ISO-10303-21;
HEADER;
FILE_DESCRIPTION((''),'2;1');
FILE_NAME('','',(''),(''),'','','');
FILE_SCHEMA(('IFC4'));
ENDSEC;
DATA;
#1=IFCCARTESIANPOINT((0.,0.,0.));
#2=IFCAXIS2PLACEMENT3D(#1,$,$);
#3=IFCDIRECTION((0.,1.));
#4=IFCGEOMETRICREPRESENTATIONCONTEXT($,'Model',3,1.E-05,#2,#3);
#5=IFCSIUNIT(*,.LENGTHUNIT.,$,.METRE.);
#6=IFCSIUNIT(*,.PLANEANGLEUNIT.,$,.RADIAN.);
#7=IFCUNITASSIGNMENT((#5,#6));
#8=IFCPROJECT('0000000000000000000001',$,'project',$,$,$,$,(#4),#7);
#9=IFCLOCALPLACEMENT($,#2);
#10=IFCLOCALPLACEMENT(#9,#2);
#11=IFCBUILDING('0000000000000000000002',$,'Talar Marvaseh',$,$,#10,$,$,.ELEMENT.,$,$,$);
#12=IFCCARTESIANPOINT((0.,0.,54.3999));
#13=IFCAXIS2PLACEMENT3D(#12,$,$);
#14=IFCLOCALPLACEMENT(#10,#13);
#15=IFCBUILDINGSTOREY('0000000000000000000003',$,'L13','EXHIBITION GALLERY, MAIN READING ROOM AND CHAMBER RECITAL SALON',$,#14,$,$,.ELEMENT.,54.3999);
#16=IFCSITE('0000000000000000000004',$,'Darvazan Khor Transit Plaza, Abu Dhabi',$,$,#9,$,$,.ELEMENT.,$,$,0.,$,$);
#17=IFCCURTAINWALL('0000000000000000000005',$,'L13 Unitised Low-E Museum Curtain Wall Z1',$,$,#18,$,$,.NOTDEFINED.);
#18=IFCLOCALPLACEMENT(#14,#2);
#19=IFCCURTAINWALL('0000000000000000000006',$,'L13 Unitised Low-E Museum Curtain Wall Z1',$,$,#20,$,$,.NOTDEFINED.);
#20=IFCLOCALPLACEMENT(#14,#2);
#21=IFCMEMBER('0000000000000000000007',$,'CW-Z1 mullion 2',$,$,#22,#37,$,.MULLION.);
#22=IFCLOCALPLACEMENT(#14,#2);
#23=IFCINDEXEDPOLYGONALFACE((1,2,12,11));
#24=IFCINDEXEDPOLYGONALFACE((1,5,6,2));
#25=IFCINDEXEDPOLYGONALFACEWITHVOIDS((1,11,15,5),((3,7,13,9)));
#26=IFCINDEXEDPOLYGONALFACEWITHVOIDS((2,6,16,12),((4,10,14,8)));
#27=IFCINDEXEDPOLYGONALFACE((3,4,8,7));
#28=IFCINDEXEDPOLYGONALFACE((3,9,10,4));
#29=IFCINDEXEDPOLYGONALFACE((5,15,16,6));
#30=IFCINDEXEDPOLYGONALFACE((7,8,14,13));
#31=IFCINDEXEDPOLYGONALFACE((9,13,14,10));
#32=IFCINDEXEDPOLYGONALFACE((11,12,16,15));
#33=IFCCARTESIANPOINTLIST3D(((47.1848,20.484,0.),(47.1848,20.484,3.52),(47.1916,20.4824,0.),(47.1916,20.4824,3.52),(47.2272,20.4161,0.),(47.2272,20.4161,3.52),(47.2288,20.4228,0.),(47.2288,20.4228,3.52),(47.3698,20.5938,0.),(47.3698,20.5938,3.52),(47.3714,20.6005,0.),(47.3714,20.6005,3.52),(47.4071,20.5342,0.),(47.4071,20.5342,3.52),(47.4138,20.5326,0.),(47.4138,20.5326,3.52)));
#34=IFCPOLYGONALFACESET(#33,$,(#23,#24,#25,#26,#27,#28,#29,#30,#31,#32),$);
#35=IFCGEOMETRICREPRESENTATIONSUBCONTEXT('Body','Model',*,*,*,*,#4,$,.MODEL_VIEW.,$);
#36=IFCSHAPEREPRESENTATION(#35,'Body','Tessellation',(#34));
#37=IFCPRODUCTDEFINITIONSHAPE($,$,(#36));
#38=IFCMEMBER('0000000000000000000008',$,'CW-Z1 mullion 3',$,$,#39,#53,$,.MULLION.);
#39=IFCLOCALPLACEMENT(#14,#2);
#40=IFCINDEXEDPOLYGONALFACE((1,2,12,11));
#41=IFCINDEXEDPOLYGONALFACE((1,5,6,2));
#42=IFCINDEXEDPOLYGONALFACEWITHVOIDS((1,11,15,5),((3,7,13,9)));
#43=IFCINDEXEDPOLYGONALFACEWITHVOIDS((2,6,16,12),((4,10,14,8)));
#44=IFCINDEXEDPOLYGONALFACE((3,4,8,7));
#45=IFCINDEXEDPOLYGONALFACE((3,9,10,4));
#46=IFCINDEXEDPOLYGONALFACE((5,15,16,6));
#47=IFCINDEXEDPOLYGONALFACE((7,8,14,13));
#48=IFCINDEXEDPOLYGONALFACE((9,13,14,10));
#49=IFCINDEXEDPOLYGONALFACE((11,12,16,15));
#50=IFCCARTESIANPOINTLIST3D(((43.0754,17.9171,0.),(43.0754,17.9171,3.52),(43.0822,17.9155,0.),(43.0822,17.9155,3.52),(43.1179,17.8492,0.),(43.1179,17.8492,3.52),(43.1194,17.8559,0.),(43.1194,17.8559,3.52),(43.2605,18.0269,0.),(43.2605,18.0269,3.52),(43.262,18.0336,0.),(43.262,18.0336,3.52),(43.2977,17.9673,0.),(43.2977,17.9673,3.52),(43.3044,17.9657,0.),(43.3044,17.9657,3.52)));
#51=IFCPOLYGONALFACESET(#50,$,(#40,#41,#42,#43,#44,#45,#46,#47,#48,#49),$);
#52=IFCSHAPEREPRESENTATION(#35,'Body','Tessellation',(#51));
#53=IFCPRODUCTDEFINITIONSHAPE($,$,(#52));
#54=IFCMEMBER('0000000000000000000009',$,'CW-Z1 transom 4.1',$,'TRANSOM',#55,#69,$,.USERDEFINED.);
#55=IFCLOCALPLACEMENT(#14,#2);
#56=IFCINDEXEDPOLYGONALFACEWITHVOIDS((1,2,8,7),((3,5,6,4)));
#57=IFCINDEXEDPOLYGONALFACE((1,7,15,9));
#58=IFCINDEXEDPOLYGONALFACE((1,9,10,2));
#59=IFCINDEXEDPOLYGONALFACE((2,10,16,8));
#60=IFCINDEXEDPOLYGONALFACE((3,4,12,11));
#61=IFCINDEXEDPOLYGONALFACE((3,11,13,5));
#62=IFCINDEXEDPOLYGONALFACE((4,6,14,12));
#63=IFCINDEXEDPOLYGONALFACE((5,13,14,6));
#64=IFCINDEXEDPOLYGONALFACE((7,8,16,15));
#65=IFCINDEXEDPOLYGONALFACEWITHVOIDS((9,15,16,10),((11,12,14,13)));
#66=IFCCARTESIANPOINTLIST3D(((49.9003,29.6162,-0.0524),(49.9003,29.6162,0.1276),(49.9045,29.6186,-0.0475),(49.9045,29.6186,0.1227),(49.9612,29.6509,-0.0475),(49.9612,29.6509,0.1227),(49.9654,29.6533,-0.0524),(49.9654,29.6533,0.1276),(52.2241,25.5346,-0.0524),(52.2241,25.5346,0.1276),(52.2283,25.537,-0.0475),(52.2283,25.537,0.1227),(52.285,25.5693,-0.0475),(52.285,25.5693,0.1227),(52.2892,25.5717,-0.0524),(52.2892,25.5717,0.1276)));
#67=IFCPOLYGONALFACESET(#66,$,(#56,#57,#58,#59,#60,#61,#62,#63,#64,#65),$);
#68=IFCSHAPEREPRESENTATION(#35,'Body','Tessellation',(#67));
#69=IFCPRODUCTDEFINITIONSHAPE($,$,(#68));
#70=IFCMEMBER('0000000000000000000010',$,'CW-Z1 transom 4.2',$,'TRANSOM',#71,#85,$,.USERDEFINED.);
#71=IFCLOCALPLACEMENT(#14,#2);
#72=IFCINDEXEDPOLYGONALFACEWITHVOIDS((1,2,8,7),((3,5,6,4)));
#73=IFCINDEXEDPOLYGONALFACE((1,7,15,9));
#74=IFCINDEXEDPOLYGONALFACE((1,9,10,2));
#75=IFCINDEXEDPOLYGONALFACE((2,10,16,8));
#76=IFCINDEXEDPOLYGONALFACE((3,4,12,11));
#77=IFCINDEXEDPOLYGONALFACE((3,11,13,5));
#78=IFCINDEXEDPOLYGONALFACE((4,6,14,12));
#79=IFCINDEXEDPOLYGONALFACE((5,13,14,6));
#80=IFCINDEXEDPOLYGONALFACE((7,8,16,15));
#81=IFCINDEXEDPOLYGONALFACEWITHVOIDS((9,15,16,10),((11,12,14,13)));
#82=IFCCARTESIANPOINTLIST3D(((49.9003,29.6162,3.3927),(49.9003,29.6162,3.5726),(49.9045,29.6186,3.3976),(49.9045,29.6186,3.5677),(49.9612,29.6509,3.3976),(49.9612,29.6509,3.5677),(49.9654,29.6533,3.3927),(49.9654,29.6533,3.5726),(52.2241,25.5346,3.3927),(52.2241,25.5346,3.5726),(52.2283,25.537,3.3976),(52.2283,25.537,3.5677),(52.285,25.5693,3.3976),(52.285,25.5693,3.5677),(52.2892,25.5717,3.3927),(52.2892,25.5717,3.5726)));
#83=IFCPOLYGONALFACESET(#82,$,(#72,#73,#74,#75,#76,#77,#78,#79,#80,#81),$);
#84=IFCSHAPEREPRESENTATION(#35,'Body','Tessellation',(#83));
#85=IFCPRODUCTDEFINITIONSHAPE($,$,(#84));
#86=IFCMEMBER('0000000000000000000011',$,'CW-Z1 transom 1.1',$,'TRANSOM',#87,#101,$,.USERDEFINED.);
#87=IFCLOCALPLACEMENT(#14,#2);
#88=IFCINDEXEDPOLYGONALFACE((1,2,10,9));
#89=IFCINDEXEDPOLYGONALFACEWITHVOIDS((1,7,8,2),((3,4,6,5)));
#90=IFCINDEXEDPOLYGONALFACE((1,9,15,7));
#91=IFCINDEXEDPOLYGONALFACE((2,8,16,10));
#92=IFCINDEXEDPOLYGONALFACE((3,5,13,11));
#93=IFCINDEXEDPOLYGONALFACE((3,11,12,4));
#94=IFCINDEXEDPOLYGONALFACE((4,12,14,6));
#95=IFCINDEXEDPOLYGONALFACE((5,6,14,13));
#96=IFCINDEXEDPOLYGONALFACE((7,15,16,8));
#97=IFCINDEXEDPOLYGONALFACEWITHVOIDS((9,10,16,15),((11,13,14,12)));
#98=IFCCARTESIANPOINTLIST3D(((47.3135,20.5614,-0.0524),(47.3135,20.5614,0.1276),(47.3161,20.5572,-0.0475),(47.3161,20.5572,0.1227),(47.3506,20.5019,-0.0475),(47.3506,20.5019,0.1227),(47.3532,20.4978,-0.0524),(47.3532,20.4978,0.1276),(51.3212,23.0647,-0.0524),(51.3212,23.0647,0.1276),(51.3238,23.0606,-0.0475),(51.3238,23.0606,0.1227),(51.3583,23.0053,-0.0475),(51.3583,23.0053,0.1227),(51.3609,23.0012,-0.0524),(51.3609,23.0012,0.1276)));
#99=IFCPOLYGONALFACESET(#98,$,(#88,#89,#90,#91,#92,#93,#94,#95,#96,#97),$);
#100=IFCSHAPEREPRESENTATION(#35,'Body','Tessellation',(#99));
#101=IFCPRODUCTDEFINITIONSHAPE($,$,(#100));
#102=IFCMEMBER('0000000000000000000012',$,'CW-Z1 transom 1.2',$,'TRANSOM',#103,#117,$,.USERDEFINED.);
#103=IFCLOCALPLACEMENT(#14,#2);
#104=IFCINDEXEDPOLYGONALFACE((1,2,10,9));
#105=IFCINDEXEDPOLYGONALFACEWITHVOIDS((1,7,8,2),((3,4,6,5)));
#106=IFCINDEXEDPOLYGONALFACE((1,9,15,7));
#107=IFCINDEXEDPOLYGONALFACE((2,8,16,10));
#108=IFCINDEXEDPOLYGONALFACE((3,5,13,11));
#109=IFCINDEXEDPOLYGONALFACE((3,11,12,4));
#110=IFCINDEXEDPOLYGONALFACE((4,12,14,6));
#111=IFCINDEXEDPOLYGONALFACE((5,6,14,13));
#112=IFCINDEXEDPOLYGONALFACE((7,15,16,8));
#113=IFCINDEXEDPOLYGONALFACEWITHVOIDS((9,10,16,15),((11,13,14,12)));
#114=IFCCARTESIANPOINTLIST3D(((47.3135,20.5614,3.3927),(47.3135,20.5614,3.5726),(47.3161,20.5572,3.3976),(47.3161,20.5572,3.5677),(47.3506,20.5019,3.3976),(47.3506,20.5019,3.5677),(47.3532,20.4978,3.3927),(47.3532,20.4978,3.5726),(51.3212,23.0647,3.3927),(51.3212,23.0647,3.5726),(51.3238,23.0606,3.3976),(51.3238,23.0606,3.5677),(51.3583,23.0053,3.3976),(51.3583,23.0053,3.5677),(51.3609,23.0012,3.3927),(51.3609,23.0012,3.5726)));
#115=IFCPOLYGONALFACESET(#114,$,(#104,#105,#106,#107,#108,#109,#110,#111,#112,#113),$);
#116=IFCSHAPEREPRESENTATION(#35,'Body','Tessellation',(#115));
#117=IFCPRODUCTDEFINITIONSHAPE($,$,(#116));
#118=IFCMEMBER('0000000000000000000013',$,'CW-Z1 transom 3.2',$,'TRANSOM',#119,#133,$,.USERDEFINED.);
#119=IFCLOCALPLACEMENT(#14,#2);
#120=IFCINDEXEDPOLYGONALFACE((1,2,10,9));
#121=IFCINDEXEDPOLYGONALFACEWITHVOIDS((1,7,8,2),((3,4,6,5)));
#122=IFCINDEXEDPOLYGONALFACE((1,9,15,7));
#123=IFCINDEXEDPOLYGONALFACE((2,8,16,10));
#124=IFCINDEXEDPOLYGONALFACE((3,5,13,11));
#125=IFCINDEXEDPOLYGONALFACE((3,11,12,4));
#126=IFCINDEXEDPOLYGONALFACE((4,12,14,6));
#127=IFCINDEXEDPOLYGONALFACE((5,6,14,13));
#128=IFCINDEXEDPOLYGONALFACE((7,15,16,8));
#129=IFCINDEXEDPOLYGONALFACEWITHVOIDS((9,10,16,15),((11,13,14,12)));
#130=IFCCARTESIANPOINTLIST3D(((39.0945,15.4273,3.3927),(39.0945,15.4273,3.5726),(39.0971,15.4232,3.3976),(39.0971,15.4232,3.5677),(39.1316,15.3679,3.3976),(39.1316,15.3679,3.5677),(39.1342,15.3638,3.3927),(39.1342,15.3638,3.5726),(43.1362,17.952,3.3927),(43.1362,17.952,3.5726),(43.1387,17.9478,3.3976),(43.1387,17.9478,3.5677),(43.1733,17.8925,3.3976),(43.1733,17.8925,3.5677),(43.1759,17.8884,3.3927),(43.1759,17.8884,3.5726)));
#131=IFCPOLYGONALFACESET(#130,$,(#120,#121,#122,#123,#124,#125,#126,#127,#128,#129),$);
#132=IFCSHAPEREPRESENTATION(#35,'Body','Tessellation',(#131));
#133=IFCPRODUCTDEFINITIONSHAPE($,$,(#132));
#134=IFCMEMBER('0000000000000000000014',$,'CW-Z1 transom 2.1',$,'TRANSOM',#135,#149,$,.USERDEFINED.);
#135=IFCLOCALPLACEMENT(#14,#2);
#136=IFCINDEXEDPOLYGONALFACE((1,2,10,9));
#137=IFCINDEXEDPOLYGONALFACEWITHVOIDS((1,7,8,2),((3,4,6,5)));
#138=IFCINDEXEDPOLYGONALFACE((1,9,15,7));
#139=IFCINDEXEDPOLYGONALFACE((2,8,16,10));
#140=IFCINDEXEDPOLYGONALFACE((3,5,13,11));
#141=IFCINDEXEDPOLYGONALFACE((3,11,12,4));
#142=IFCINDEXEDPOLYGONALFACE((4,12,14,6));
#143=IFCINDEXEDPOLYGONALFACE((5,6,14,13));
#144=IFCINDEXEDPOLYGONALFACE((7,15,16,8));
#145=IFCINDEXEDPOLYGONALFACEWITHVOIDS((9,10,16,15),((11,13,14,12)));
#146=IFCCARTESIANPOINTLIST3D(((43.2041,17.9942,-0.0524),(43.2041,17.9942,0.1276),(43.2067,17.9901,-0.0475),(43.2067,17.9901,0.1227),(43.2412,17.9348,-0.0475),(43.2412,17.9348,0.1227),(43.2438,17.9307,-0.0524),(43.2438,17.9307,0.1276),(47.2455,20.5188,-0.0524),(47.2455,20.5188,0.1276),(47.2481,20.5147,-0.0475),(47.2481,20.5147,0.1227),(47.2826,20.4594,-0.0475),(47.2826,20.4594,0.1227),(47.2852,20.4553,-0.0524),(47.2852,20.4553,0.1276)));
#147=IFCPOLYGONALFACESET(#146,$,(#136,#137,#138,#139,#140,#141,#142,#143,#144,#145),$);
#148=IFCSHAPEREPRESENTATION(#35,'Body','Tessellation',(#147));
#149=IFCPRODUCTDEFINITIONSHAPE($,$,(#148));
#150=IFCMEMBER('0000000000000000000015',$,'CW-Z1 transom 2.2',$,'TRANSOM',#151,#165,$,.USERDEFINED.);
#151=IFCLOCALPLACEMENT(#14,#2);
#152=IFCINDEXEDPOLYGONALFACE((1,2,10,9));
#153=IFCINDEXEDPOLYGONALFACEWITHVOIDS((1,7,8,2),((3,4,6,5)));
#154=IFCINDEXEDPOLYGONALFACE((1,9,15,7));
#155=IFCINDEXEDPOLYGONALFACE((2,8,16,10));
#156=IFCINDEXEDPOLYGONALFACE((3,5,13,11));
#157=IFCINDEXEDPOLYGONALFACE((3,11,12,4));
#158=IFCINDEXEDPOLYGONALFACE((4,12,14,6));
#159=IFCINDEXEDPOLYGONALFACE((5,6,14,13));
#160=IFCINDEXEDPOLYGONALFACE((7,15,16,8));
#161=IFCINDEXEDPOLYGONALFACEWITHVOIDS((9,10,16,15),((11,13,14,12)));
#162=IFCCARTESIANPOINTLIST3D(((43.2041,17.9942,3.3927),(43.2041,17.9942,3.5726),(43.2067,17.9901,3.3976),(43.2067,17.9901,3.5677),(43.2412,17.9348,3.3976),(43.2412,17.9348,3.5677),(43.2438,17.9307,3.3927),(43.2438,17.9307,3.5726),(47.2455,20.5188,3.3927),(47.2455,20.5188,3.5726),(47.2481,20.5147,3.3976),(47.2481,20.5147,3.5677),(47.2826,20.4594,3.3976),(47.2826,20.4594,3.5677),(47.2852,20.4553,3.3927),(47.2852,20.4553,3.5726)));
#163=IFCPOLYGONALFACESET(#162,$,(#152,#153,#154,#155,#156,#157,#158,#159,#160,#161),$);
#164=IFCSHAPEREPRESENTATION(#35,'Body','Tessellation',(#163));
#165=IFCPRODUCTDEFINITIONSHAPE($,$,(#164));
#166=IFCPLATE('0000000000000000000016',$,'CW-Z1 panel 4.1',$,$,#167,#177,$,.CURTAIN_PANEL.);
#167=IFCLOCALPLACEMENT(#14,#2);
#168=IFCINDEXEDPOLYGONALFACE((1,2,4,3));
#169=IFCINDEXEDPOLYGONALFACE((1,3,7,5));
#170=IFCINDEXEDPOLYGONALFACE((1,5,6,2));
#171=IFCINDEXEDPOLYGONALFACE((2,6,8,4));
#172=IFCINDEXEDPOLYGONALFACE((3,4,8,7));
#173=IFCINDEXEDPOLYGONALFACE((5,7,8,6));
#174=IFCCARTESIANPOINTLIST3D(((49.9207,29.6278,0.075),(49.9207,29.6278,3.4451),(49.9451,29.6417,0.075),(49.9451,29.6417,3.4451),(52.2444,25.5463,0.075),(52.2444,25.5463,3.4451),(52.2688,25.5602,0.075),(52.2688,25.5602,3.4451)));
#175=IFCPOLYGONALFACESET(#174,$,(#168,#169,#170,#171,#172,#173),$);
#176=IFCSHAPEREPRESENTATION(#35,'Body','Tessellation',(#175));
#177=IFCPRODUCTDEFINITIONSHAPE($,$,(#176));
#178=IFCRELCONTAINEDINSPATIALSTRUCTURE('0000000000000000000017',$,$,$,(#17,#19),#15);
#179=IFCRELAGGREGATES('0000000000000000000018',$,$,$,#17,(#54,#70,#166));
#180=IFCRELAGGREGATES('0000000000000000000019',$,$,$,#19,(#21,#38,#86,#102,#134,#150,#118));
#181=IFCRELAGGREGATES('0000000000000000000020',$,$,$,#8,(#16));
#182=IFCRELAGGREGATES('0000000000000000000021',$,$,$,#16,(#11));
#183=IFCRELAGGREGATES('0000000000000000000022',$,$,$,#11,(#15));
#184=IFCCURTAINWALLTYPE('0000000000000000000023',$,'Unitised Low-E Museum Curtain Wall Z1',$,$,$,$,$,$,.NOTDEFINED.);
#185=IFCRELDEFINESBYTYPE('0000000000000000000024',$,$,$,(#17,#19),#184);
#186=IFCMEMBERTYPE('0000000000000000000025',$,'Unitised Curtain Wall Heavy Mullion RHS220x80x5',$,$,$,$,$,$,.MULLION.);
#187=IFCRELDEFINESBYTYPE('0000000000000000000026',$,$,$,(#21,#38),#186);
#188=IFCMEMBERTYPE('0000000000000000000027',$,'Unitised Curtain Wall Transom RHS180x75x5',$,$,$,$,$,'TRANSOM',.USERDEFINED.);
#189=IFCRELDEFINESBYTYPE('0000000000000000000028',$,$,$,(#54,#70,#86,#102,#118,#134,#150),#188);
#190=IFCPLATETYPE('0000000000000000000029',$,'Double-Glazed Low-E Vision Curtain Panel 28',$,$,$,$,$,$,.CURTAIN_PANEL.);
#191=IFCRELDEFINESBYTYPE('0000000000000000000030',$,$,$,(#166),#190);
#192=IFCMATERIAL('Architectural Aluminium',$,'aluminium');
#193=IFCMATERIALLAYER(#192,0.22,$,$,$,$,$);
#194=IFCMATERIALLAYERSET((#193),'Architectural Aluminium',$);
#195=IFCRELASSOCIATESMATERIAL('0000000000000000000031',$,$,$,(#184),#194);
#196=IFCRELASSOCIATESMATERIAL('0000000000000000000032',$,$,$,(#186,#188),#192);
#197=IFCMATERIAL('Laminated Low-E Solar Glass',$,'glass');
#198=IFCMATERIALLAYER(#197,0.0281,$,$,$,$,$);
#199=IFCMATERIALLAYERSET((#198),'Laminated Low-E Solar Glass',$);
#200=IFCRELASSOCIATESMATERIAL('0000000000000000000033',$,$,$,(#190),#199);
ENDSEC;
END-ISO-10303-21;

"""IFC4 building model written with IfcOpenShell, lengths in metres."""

from ifc_helpers import new_model, si_unit, direction, frame, origin, origin_2d, place, context, subcontext, project, spatial, rectangle, hollow_rectangle, extrude, source, transform, mapped, material, layer, layer_set, material_profile, profile_set, type_object, type_shapes, element, aggregate, save


model = new_model("IFC4")

# Units and contexts
model_context = context("Model", 3, precision=1e-05, world=origin(), true_north=direction((0.0, 1.0)))
body_context = subcontext(model_context, "Body", "Model", "MODEL_VIEW")
ifc_project = project(units=[si_unit("LENGTHUNIT", "METRE"), si_unit("PLANEANGLEUNIT", "RADIAN")], contexts=[model_context])

# Site, building, storey
site_placement = place(None, origin())
site = spatial("IfcSite", under=ifc_project, at=site_placement, Name="Darvazan Khor Transit Plaza, Abu Dhabi", CompositionType="ELEMENT", RefElevation=0.0)
building_placement = place(site_placement, origin())
building = spatial("IfcBuilding", under=site, at=building_placement, Name="Talar Marvaseh", CompositionType="ELEMENT")
storey_placement = place(building_placement, frame((0.0, 0.0, 54.3999)))
storey = spatial("IfcBuildingStorey", under=building, at=storey_placement, Name="L13", Description="EXHIBITION GALLERY, MAIN READING ROOM AND CHAMBER RECITAL SALON", CompositionType="ELEMENT", Elevation=54.3999)

# Curtain walls, members
ifc_material_1 = material(Name="Architectural Aluminium", Category="aluminium")
ifc_layer_1 = layer(ifc_material_1, 0.22)
ifc_layer_set_1 = layer_set([ifc_layer_1], Name="Architectural Aluminium")
curtain_wall_type = type_object("IfcCurtainWallType", Name="Unitised Low-E Museum Curtain Wall Z1", PredefinedType="NOTDEFINED", material=ifc_layer_set_1)
curtain_wall_1_placement = place(storey_placement, origin())
curtain_wall_1 = element("IfcCurtainWall", 1, at=curtain_wall_1_placement, inside=storey, type_object=curtain_wall_type, Name="L13 Unitised Low-E Museum Curtain Wall Z1", PredefinedType="NOTDEFINED")
ifc_material_profile_1 = material_profile(ifc_material_1, hollow_rectangle(XDim=0.0801, YDim=0.22, WallThickness=0.0049, at=origin_2d()), Name="RHS220x80x5")
ifc_profile_set_1 = profile_set([ifc_material_profile_1], Name="Architectural Aluminium")
member_type_1 = type_object("IfcMemberType", Name="Unitised Curtain Wall Heavy Mullion RHS220x80x5", PredefinedType="MULLION", material=ifc_profile_set_1)
shared_shape_1 = source(origin(), body_context, "Body", "SweptSolid", [
    extrude(hollow_rectangle(XDim=0.0801, YDim=0.22, WallThickness=0.0049, at=origin_2d()), origin(), (0.0, 0.0, 1.0), 3.52),
])
type_shapes(member_type_1, [shared_shape_1])
curtain_wall_2_placement = place(storey_placement, origin())
curtain_wall_2 = element("IfcCurtainWall", 2, at=curtain_wall_2_placement, inside=storey, type_object=curtain_wall_type, Name="L13 Unitised Low-E Museum Curtain Wall Z1", PredefinedType="NOTDEFINED")
member_1_placement = place(storey_placement, frame((47.2993, 20.5083, 0.0), z_axis=(0.0, 0.0, 1.0), x_axis=(0.529787, -0.84813, 0.0)))
member_1 = element("IfcMember", 3, at=member_1_placement, type_object=member_type_1, Name="CW-Z1 mullion 2", PredefinedType="MULLION", context=body_context, shape_type="MappedRepresentation", body=[
    mapped(shared_shape_1, transform((0.0, 0.0, 0.0), x_axis=(1.0, 0.0, 0.0), y_axis=(0.0, 1.0, 0.0), z_axis=(0.0, 0.0, 1.0), scale=1.0)),
])
member_2_placement = place(storey_placement, frame((43.1899, 17.9414, 0.0), z_axis=(0.0, 0.0, 1.0), x_axis=(0.529787, -0.84813, 0.0)))
member_2 = element("IfcMember", 4, at=member_2_placement, type_object=member_type_1, Name="CW-Z1 mullion 3", PredefinedType="MULLION", context=body_context, shape_type="MappedRepresentation", body=[
    mapped(shared_shape_1, transform((0.0, 0.0, 0.0), x_axis=(1.0, 0.0, 0.0), y_axis=(0.0, 1.0, 0.0), z_axis=(0.0, 0.0, 1.0), scale=1.0)),
])

# Members
ifc_material_profile_2 = material_profile(ifc_material_1, hollow_rectangle(XDim=0.075, YDim=0.1799, WallThickness=0.0049, at=origin_2d()), Name="RHS180x75x5")
ifc_profile_set_2 = profile_set([ifc_material_profile_2], Name="Architectural Aluminium")
member_type_2 = type_object("IfcMemberType", Name="Unitised Curtain Wall Transom RHS180x75x5", ElementType="TRANSOM", PredefinedType="USERDEFINED", material=ifc_profile_set_2)
shared_shape_2 = source(origin(), body_context, "Body", "SweptSolid", [
    extrude(hollow_rectangle(XDim=0.075, YDim=0.1799, WallThickness=0.0049, at=origin_2d()), origin(), (0.0, 0.0, 1.0), 4.6968),
])
member_3_placement = place(storey_placement, frame((49.9329, 29.6348, 0.0376), z_axis=(0.494761, -0.869029, 0.0), x_axis=(0.869029, 0.494761, 0.0)))
member_3 = element("IfcMember", 5, at=member_3_placement, type_object=member_type_2, Name="CW-Z1 transom 4.1", ObjectType="TRANSOM", PredefinedType="USERDEFINED", context=body_context, shape_type="MappedRepresentation", body=[
    mapped(shared_shape_2, transform((0.0, 0.0, 0.0), x_axis=(1.0, 0.0, 0.0), y_axis=(0.0, 1.0, 0.0), z_axis=(0.0, 0.0, 1.0), scale=1.0)),
])
member_4_placement = place(storey_placement, frame((49.9329, 29.6348, 3.4827), z_axis=(0.494761, -0.869029, 0.0), x_axis=(0.869029, 0.494761, 0.0)))
member_4 = element("IfcMember", 6, at=member_4_placement, type_object=member_type_2, Name="CW-Z1 transom 4.2", ObjectType="TRANSOM", PredefinedType="USERDEFINED", context=body_context, shape_type="MappedRepresentation", body=[
    mapped(shared_shape_2, transform((0.0, 0.0, 0.0), x_axis=(1.0, 0.0, 0.0), y_axis=(0.0, 1.0, 0.0), z_axis=(0.0, 0.0, 1.0), scale=1.0)),
])
shared_shape_3 = source(origin(), body_context, "Body", "SweptSolid", [
    extrude(hollow_rectangle(XDim=0.075, YDim=0.1799, WallThickness=0.0049, at=origin_2d()), origin(), (0.0, 0.0, 1.0), 4.7253),
])
member_5_placement = place(storey_placement, frame((51.3411, 23.033, 0.0376), z_axis=(-0.848138, -0.529776, 0.0), x_axis=(0.529776, -0.848138, 0.0)))
member_5 = element("IfcMember", 7, at=member_5_placement, type_object=member_type_2, Name="CW-Z1 transom 1.1", ObjectType="TRANSOM", PredefinedType="USERDEFINED", context=body_context, shape_type="MappedRepresentation", body=[
    mapped(shared_shape_3, transform((0.0, 0.0, 0.0), x_axis=(1.0, 0.0, 0.0), y_axis=(0.0, 1.0, 0.0), z_axis=(0.0, 0.0, 1.0), scale=1.0)),
])
member_6_placement = place(storey_placement, frame((51.3411, 23.033, 3.4827), z_axis=(-0.848138, -0.529776, 0.0), x_axis=(0.529776, -0.848138, 0.0)))
member_6 = element("IfcMember", 8, at=member_6_placement, type_object=member_type_2, Name="CW-Z1 transom 1.2", ObjectType="TRANSOM", PredefinedType="USERDEFINED", context=body_context, shape_type="MappedRepresentation", body=[
    mapped(shared_shape_3, transform((0.0, 0.0, 0.0), x_axis=(1.0, 0.0, 0.0), y_axis=(0.0, 1.0, 0.0), z_axis=(0.0, 0.0, 1.0), scale=1.0)),
])
shared_shape_4 = source(origin(), body_context, "Body", "SweptSolid", [
    extrude(hollow_rectangle(XDim=0.075, YDim=0.1799, WallThickness=0.0049, at=origin_2d()), origin(), (0.0, 0.0, 1.0), 4.7654),
])
member_7_placement = place(storey_placement, frame((43.156, 17.9202, 3.4827), z_axis=(-0.848134, -0.529782, 0.0), x_axis=(0.529782, -0.848134, 0.0)))
member_7 = element("IfcMember", 9, at=member_7_placement, type_object=member_type_2, Name="CW-Z1 transom 3.2", ObjectType="TRANSOM", PredefinedType="USERDEFINED", context=body_context, shape_type="MappedRepresentation", body=[
    mapped(shared_shape_4, transform((0.0, 0.0, 0.0), x_axis=(1.0, 0.0, 0.0), y_axis=(0.0, 1.0, 0.0), z_axis=(0.0, 0.0, 1.0), scale=1.0)),
])
shared_shape_5 = source(origin(), body_context, "Body", "SweptSolid", [
    extrude(hollow_rectangle(XDim=0.075, YDim=0.1799, WallThickness=0.0049, at=origin_2d()), origin(), (0.0, 0.0, 1.0), 4.7651),
])
type_shapes(member_type_2, [shared_shape_2, shared_shape_3, shared_shape_4, shared_shape_5])
member_8_placement = place(storey_placement, frame((47.2654, 20.4871, 0.0376), z_axis=(-0.848119, -0.529806, 0.0), x_axis=(0.529806, -0.848119, 0.0)))
member_8 = element("IfcMember", 10, at=member_8_placement, type_object=member_type_2, Name="CW-Z1 transom 2.1", ObjectType="TRANSOM", PredefinedType="USERDEFINED", context=body_context, shape_type="MappedRepresentation", body=[
    mapped(shared_shape_5, transform((0.0, 0.0, 0.0), x_axis=(1.0, 0.0, 0.0), y_axis=(0.0, 1.0, 0.0), z_axis=(0.0, 0.0, 1.0), scale=1.0)),
])
member_9_placement = place(storey_placement, frame((47.2654, 20.4871, 3.4827), z_axis=(-0.848119, -0.529806, 0.0), x_axis=(0.529806, -0.848119, 0.0)))
member_9 = element("IfcMember", 11, at=member_9_placement, type_object=member_type_2, Name="CW-Z1 transom 2.2", ObjectType="TRANSOM", PredefinedType="USERDEFINED", context=body_context, shape_type="MappedRepresentation", body=[
    mapped(shared_shape_5, transform((0.0, 0.0, 0.0), x_axis=(1.0, 0.0, 0.0), y_axis=(0.0, 1.0, 0.0), z_axis=(0.0, 0.0, 1.0), scale=1.0)),
])

# Plate
ifc_material_2 = material(Name="Laminated Low-E Solar Glass", Category="glass")
ifc_layer_2 = layer(ifc_material_2, 0.0281)
ifc_layer_set_2 = layer_set([ifc_layer_2], Name="Laminated Low-E Solar Glass")
plate_type = type_object("IfcPlateType", Name="Double-Glazed Low-E Vision Curtain Panel 28", PredefinedType="CURTAIN_PANEL", material=ifc_layer_set_2)
shared_shape_6 = source(origin(), body_context, "Body", "SweptSolid", [
    extrude(rectangle(XDim=4.6965, YDim=0.0281, at=origin_2d()), origin(), (0.0, 0.0, 1.0), 3.3701),
])
plate_1_placement = place(storey_placement, frame((51.0947, 27.594, 0.075), z_axis=(0.0, 0.0, 1.0), x_axis=(0.494762, -0.869029, 0.0)))
plate_1 = element("IfcPlate", 12, at=plate_1_placement, type_object=plate_type, Name="CW-Z1 panel 4.1", PredefinedType="CURTAIN_PANEL", context=body_context, shape_type="MappedRepresentation", body=[
    mapped(shared_shape_6, transform((0.0, 0.0, 0.0), x_axis=(1.0, 0.0, 0.0), y_axis=(0.0, 1.0, 0.0), z_axis=(0.0, 0.0, 1.0), scale=1.0)),
])
aggregate(curtain_wall_1, [member_3, member_4, plate_1])
aggregate(curtain_wall_2, [member_1, member_2, member_5, member_6, member_8, member_9, member_7])

save(model, "model.ifc")
